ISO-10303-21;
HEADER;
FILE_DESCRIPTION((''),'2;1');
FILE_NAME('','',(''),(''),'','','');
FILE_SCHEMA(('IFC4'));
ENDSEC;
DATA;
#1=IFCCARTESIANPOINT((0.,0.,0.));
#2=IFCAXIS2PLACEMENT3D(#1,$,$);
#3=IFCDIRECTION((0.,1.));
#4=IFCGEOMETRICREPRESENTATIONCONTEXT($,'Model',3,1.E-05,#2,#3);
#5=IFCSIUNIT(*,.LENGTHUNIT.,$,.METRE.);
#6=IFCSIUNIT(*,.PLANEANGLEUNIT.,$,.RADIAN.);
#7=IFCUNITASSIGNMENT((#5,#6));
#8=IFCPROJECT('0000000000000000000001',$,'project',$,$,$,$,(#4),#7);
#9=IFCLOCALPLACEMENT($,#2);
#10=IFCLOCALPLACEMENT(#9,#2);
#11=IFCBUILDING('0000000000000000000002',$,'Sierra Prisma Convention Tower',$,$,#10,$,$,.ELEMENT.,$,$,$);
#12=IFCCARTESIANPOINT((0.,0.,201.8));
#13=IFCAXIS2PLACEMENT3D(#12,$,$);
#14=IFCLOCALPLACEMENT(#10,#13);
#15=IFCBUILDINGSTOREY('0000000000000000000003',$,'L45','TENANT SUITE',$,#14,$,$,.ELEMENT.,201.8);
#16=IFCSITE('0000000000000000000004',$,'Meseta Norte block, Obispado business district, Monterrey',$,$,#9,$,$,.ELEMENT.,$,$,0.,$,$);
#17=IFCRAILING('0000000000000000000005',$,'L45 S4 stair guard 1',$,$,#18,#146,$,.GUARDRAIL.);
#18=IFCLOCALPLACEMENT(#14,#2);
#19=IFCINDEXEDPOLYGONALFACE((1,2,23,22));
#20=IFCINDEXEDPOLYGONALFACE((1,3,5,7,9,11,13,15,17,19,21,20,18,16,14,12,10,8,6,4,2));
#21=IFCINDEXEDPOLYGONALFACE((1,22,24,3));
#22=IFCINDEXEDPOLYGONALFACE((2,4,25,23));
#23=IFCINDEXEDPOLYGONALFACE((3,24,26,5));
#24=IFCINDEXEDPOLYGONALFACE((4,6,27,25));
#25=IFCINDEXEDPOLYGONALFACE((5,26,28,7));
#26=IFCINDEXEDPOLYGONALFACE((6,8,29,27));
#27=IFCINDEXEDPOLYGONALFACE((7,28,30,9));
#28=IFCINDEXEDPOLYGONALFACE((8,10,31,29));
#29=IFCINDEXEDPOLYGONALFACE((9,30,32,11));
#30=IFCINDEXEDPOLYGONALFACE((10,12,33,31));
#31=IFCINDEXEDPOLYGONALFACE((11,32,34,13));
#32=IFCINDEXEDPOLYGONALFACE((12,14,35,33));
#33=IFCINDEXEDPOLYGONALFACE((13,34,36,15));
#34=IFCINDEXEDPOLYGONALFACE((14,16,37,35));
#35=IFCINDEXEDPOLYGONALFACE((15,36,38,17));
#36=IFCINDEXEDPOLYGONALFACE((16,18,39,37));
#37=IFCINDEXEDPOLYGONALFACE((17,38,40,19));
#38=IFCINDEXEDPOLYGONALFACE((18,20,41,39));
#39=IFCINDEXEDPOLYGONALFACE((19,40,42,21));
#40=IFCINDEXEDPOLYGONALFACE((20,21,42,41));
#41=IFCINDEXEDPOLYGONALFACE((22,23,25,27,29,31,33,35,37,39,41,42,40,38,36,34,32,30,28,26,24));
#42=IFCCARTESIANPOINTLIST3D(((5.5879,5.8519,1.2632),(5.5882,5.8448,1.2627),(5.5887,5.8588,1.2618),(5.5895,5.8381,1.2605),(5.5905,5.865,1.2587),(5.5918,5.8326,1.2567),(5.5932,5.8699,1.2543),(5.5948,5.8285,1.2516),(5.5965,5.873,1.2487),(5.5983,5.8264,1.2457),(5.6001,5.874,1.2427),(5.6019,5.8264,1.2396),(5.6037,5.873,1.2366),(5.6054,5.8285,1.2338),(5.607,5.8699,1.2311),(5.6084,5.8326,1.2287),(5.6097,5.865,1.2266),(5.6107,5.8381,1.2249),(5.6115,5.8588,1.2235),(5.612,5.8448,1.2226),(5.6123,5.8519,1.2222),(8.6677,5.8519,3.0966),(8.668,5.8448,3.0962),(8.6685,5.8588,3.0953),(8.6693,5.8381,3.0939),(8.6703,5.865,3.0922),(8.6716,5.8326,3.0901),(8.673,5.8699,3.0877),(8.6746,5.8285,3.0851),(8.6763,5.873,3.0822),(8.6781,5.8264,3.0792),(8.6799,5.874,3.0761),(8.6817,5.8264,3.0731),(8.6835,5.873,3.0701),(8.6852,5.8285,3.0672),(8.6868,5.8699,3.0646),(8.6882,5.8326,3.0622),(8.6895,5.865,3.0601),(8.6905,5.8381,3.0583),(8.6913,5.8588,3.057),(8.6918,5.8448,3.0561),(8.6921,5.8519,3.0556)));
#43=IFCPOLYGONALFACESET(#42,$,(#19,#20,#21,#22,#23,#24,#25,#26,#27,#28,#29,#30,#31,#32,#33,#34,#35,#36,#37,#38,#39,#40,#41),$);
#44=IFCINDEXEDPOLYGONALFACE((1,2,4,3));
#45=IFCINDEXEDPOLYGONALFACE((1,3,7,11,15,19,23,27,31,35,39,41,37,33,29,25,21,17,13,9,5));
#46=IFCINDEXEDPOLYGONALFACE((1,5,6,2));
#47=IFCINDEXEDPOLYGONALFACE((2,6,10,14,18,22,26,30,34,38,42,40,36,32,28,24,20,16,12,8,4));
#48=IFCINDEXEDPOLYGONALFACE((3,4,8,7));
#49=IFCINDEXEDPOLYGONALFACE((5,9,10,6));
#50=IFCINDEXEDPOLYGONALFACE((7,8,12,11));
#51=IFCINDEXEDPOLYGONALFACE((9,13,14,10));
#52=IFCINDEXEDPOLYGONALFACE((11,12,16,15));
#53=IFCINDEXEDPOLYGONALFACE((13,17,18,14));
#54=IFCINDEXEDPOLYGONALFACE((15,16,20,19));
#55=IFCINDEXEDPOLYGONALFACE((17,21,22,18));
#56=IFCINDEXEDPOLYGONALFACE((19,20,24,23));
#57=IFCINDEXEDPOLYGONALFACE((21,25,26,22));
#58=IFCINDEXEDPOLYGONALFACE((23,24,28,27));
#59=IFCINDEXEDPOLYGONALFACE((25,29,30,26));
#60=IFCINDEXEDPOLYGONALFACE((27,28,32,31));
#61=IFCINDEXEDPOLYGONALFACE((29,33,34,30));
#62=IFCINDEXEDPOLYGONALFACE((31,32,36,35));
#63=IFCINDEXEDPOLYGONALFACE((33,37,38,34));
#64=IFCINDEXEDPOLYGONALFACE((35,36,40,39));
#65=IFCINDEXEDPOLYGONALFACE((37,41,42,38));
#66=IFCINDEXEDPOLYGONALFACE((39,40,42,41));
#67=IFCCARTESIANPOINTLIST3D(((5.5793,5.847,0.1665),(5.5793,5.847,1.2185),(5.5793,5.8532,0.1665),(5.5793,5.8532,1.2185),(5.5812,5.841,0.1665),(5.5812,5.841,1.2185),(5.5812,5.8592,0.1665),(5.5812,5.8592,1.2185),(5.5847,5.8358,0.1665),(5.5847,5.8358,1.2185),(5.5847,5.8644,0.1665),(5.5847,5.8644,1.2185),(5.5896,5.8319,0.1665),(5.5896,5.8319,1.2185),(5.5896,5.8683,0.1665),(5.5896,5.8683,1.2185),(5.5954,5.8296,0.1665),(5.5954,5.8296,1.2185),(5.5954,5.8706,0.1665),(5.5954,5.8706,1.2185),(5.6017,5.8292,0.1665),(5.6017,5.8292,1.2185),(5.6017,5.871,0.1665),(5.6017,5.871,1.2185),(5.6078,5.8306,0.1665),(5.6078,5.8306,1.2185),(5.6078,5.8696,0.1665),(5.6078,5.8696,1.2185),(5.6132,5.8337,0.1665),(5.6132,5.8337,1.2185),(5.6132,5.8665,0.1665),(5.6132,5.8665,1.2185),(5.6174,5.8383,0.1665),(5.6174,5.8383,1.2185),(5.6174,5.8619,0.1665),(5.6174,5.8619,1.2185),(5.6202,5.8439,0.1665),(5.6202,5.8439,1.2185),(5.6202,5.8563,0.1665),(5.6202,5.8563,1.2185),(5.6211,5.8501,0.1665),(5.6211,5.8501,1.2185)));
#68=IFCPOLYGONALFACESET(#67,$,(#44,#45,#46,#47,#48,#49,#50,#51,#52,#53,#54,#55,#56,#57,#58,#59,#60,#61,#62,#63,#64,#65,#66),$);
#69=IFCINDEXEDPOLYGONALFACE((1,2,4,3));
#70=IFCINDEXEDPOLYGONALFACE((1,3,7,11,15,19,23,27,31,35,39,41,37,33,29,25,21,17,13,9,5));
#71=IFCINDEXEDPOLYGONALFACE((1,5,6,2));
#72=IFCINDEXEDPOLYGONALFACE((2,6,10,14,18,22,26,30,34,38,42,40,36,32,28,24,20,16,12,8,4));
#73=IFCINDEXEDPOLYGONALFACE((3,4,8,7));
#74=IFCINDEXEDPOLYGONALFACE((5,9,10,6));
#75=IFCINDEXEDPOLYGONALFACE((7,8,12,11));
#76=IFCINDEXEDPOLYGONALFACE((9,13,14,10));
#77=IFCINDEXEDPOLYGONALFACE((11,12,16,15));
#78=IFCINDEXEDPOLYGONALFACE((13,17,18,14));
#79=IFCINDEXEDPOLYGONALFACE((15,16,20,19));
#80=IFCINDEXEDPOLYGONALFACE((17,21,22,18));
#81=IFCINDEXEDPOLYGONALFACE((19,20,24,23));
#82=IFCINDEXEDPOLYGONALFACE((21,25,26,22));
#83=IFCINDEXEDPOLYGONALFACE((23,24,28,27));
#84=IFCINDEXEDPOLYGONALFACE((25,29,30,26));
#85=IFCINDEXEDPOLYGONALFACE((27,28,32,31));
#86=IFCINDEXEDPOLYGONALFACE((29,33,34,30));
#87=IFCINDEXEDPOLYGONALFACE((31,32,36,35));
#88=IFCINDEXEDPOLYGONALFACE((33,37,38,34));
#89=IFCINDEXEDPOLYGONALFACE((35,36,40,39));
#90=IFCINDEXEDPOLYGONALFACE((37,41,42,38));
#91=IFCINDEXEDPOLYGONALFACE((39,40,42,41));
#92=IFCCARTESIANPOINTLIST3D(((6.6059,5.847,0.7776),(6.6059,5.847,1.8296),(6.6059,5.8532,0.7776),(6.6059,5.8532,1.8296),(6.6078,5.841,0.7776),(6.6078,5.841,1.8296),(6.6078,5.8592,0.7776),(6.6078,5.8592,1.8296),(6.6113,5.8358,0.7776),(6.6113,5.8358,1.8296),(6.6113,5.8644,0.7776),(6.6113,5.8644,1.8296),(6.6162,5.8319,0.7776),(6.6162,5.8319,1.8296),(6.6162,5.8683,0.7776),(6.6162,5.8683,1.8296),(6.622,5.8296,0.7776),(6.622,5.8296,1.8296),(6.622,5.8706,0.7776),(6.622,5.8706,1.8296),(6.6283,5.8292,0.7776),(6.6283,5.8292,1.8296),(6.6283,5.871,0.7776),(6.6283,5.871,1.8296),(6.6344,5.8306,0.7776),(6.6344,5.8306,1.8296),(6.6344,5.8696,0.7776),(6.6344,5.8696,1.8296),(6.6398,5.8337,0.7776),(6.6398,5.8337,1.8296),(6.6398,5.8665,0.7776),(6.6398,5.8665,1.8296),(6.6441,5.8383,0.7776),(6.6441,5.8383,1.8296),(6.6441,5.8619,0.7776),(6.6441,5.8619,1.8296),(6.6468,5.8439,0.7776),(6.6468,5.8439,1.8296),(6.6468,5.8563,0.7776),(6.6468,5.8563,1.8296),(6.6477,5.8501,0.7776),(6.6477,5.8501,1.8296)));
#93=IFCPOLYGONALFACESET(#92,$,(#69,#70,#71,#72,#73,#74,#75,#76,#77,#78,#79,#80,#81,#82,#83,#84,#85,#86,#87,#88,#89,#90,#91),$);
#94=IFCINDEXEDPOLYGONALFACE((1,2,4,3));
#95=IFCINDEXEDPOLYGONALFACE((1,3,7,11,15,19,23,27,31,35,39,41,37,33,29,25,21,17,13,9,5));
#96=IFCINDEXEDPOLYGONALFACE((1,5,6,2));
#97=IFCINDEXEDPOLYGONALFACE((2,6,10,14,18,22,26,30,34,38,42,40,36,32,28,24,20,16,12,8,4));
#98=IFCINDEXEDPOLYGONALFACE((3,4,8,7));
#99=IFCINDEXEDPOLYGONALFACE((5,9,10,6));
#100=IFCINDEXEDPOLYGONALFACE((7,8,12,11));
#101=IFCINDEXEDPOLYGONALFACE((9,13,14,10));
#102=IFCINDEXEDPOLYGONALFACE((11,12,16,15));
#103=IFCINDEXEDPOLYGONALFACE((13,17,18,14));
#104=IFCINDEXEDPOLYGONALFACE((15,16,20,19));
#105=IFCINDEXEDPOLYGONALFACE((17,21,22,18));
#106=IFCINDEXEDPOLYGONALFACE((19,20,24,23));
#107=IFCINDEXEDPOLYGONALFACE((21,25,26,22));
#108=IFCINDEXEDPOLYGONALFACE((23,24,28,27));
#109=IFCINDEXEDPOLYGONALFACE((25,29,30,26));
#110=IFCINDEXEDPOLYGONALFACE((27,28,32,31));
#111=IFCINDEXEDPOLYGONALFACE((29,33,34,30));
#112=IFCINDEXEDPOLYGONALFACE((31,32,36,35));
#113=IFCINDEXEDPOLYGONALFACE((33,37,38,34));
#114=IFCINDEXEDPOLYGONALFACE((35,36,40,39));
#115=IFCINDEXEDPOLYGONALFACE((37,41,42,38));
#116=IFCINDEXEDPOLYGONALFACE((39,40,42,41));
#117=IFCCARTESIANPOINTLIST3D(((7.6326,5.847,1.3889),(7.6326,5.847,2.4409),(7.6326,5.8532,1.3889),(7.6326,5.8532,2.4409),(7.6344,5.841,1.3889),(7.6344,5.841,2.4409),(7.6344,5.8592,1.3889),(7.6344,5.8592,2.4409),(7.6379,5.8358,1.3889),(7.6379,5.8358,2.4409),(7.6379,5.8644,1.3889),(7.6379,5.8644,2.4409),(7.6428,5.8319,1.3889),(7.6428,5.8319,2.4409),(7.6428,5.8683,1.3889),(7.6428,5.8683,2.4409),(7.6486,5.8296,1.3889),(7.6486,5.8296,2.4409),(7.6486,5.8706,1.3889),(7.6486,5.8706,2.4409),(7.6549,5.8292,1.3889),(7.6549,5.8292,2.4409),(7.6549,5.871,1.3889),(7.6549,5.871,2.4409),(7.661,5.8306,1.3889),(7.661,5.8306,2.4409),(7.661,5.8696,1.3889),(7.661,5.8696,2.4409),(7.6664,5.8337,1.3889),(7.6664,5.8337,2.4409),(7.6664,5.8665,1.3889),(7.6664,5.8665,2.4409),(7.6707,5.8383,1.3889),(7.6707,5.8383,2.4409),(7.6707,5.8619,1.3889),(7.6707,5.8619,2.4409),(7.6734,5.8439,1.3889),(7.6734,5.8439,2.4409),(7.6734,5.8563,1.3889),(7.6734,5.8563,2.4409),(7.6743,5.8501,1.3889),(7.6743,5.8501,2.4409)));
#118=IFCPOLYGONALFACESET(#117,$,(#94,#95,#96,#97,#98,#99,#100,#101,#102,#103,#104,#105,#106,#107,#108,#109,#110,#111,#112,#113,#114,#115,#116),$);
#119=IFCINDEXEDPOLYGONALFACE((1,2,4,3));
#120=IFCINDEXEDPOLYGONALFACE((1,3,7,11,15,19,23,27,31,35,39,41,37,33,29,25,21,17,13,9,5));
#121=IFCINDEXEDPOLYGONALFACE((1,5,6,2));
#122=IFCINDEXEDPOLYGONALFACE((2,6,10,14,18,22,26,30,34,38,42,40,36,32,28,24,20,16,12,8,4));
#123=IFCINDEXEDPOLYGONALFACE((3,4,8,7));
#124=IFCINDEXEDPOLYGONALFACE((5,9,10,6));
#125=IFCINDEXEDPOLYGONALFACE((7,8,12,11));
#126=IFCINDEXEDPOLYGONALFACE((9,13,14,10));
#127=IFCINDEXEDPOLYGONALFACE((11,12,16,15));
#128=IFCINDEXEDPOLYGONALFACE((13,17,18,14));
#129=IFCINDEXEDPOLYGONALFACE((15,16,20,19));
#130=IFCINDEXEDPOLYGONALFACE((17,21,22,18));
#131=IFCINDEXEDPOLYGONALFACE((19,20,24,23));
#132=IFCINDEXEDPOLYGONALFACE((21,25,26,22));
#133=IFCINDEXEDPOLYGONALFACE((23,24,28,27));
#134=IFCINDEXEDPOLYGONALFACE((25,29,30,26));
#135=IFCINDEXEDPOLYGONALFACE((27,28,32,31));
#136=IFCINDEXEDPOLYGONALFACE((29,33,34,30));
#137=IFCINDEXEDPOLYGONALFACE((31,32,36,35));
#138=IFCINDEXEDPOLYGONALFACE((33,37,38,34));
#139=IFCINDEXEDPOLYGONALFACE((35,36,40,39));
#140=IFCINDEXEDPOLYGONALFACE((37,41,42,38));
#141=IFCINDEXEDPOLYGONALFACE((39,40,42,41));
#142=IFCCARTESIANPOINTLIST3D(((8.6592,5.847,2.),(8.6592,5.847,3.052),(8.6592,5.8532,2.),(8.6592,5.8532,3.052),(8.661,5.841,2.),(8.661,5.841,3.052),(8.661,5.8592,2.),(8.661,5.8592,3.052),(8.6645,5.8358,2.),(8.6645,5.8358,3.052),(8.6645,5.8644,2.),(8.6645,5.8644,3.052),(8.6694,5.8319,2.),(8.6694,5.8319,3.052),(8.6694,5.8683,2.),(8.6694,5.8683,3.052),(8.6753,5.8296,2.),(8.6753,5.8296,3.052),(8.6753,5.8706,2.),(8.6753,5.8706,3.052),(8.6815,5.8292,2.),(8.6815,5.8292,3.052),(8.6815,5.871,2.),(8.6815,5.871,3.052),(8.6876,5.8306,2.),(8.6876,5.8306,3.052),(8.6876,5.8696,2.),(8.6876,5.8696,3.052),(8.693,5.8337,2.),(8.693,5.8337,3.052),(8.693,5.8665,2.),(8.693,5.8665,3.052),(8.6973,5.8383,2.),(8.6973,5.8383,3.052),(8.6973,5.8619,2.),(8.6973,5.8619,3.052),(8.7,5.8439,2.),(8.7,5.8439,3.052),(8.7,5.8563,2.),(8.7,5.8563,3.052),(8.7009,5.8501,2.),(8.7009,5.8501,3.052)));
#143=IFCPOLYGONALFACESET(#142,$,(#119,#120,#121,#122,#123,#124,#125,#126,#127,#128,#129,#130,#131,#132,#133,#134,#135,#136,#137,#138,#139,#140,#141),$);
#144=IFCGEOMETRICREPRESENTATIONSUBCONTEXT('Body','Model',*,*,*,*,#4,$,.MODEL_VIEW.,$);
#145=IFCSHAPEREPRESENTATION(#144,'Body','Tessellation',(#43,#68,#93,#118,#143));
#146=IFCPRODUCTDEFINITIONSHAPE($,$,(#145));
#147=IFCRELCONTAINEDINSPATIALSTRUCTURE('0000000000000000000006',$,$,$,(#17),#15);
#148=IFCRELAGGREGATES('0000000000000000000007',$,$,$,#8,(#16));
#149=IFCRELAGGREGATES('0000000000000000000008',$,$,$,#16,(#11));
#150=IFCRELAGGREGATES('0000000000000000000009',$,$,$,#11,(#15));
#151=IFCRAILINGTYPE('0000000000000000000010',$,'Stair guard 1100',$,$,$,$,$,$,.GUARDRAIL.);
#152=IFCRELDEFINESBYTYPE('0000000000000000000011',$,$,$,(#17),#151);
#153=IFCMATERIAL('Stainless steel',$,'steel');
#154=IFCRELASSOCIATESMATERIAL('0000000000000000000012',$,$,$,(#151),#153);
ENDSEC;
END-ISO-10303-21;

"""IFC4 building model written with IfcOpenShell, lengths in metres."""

from ifc_helpers import new_model, si_unit, direction, frame, origin, origin_2d, place, context, subcontext, project, spatial, circle, extrude, material, type_object, element, save


model = new_model("IFC4")

# Units and contexts
model_context = context("Model", 3, precision=1e-05, world=origin(), true_north=direction((0.0, 1.0)))
body_context = subcontext(model_context, "Body", "Model", "MODEL_VIEW")
ifc_project = project(units=[si_unit("LENGTHUNIT", "METRE"), si_unit("PLANEANGLEUNIT", "RADIAN")], contexts=[model_context])

# Site, building, storey
site_placement = place(None, origin())
site = spatial("IfcSite", under=ifc_project, at=site_placement, Name="Meseta Norte block, Obispado business district, Monterrey", CompositionType="ELEMENT", RefElevation=0.0)
building_placement = place(site_placement, origin())
building = spatial("IfcBuilding", under=site, at=building_placement, Name="Sierra Prisma Convention Tower", CompositionType="ELEMENT")
storey_placement = place(building_placement, frame((0.0, 0.0, 201.8)))
storey = spatial("IfcBuildingStorey", under=building, at=storey_placement, Name="L45", Description="TENANT SUITE", CompositionType="ELEMENT", Elevation=201.8)

# Railing
ifc_material_1 = material(Name="Stainless steel", Category="steel")
railing_type_1 = type_object("IfcRailingType", Name="Stair guard 1100", PredefinedType="GUARDRAIL", material=ifc_material_1)
railing_1_placement = place(storey_placement, frame((5.6001, 5.8501, 0.1665)))
element("IfcRailing", 1, at=railing_1_placement, inside=storey, type_object=railing_type_1, Name="L45 S4 stair guard 1", PredefinedType="GUARDRAIL", context=body_context, shape_type="SweptSolid", body=[
    extrude(circle(Radius=0.0239, at=origin_2d()), frame((0.0, 0.0, 1.0762), z_axis=(0.859261, 0.0, 0.511538), x_axis=(0.0, 1.0, 0.0)), (0.0, 0.0, 1.0), 3.5842),
    extrude(circle(Radius=0.021, at=origin_2d()), origin(), (0.0, 0.0, 1.0), 1.052),
    extrude(circle(Radius=0.021, at=origin_2d()), frame((1.0266, 0.0, 0.6111)), (0.0, 0.0, 1.0), 1.052),
    extrude(circle(Radius=0.021, at=origin_2d()), frame((2.0532, 0.0, 1.2224)), (0.0, 0.0, 1.0), 1.052),
    extrude(circle(Radius=0.021, at=origin_2d()), frame((3.0798, 0.0, 1.8335)), (0.0, 0.0, 1.0), 1.052),
])

save(model, "model.ifc")
